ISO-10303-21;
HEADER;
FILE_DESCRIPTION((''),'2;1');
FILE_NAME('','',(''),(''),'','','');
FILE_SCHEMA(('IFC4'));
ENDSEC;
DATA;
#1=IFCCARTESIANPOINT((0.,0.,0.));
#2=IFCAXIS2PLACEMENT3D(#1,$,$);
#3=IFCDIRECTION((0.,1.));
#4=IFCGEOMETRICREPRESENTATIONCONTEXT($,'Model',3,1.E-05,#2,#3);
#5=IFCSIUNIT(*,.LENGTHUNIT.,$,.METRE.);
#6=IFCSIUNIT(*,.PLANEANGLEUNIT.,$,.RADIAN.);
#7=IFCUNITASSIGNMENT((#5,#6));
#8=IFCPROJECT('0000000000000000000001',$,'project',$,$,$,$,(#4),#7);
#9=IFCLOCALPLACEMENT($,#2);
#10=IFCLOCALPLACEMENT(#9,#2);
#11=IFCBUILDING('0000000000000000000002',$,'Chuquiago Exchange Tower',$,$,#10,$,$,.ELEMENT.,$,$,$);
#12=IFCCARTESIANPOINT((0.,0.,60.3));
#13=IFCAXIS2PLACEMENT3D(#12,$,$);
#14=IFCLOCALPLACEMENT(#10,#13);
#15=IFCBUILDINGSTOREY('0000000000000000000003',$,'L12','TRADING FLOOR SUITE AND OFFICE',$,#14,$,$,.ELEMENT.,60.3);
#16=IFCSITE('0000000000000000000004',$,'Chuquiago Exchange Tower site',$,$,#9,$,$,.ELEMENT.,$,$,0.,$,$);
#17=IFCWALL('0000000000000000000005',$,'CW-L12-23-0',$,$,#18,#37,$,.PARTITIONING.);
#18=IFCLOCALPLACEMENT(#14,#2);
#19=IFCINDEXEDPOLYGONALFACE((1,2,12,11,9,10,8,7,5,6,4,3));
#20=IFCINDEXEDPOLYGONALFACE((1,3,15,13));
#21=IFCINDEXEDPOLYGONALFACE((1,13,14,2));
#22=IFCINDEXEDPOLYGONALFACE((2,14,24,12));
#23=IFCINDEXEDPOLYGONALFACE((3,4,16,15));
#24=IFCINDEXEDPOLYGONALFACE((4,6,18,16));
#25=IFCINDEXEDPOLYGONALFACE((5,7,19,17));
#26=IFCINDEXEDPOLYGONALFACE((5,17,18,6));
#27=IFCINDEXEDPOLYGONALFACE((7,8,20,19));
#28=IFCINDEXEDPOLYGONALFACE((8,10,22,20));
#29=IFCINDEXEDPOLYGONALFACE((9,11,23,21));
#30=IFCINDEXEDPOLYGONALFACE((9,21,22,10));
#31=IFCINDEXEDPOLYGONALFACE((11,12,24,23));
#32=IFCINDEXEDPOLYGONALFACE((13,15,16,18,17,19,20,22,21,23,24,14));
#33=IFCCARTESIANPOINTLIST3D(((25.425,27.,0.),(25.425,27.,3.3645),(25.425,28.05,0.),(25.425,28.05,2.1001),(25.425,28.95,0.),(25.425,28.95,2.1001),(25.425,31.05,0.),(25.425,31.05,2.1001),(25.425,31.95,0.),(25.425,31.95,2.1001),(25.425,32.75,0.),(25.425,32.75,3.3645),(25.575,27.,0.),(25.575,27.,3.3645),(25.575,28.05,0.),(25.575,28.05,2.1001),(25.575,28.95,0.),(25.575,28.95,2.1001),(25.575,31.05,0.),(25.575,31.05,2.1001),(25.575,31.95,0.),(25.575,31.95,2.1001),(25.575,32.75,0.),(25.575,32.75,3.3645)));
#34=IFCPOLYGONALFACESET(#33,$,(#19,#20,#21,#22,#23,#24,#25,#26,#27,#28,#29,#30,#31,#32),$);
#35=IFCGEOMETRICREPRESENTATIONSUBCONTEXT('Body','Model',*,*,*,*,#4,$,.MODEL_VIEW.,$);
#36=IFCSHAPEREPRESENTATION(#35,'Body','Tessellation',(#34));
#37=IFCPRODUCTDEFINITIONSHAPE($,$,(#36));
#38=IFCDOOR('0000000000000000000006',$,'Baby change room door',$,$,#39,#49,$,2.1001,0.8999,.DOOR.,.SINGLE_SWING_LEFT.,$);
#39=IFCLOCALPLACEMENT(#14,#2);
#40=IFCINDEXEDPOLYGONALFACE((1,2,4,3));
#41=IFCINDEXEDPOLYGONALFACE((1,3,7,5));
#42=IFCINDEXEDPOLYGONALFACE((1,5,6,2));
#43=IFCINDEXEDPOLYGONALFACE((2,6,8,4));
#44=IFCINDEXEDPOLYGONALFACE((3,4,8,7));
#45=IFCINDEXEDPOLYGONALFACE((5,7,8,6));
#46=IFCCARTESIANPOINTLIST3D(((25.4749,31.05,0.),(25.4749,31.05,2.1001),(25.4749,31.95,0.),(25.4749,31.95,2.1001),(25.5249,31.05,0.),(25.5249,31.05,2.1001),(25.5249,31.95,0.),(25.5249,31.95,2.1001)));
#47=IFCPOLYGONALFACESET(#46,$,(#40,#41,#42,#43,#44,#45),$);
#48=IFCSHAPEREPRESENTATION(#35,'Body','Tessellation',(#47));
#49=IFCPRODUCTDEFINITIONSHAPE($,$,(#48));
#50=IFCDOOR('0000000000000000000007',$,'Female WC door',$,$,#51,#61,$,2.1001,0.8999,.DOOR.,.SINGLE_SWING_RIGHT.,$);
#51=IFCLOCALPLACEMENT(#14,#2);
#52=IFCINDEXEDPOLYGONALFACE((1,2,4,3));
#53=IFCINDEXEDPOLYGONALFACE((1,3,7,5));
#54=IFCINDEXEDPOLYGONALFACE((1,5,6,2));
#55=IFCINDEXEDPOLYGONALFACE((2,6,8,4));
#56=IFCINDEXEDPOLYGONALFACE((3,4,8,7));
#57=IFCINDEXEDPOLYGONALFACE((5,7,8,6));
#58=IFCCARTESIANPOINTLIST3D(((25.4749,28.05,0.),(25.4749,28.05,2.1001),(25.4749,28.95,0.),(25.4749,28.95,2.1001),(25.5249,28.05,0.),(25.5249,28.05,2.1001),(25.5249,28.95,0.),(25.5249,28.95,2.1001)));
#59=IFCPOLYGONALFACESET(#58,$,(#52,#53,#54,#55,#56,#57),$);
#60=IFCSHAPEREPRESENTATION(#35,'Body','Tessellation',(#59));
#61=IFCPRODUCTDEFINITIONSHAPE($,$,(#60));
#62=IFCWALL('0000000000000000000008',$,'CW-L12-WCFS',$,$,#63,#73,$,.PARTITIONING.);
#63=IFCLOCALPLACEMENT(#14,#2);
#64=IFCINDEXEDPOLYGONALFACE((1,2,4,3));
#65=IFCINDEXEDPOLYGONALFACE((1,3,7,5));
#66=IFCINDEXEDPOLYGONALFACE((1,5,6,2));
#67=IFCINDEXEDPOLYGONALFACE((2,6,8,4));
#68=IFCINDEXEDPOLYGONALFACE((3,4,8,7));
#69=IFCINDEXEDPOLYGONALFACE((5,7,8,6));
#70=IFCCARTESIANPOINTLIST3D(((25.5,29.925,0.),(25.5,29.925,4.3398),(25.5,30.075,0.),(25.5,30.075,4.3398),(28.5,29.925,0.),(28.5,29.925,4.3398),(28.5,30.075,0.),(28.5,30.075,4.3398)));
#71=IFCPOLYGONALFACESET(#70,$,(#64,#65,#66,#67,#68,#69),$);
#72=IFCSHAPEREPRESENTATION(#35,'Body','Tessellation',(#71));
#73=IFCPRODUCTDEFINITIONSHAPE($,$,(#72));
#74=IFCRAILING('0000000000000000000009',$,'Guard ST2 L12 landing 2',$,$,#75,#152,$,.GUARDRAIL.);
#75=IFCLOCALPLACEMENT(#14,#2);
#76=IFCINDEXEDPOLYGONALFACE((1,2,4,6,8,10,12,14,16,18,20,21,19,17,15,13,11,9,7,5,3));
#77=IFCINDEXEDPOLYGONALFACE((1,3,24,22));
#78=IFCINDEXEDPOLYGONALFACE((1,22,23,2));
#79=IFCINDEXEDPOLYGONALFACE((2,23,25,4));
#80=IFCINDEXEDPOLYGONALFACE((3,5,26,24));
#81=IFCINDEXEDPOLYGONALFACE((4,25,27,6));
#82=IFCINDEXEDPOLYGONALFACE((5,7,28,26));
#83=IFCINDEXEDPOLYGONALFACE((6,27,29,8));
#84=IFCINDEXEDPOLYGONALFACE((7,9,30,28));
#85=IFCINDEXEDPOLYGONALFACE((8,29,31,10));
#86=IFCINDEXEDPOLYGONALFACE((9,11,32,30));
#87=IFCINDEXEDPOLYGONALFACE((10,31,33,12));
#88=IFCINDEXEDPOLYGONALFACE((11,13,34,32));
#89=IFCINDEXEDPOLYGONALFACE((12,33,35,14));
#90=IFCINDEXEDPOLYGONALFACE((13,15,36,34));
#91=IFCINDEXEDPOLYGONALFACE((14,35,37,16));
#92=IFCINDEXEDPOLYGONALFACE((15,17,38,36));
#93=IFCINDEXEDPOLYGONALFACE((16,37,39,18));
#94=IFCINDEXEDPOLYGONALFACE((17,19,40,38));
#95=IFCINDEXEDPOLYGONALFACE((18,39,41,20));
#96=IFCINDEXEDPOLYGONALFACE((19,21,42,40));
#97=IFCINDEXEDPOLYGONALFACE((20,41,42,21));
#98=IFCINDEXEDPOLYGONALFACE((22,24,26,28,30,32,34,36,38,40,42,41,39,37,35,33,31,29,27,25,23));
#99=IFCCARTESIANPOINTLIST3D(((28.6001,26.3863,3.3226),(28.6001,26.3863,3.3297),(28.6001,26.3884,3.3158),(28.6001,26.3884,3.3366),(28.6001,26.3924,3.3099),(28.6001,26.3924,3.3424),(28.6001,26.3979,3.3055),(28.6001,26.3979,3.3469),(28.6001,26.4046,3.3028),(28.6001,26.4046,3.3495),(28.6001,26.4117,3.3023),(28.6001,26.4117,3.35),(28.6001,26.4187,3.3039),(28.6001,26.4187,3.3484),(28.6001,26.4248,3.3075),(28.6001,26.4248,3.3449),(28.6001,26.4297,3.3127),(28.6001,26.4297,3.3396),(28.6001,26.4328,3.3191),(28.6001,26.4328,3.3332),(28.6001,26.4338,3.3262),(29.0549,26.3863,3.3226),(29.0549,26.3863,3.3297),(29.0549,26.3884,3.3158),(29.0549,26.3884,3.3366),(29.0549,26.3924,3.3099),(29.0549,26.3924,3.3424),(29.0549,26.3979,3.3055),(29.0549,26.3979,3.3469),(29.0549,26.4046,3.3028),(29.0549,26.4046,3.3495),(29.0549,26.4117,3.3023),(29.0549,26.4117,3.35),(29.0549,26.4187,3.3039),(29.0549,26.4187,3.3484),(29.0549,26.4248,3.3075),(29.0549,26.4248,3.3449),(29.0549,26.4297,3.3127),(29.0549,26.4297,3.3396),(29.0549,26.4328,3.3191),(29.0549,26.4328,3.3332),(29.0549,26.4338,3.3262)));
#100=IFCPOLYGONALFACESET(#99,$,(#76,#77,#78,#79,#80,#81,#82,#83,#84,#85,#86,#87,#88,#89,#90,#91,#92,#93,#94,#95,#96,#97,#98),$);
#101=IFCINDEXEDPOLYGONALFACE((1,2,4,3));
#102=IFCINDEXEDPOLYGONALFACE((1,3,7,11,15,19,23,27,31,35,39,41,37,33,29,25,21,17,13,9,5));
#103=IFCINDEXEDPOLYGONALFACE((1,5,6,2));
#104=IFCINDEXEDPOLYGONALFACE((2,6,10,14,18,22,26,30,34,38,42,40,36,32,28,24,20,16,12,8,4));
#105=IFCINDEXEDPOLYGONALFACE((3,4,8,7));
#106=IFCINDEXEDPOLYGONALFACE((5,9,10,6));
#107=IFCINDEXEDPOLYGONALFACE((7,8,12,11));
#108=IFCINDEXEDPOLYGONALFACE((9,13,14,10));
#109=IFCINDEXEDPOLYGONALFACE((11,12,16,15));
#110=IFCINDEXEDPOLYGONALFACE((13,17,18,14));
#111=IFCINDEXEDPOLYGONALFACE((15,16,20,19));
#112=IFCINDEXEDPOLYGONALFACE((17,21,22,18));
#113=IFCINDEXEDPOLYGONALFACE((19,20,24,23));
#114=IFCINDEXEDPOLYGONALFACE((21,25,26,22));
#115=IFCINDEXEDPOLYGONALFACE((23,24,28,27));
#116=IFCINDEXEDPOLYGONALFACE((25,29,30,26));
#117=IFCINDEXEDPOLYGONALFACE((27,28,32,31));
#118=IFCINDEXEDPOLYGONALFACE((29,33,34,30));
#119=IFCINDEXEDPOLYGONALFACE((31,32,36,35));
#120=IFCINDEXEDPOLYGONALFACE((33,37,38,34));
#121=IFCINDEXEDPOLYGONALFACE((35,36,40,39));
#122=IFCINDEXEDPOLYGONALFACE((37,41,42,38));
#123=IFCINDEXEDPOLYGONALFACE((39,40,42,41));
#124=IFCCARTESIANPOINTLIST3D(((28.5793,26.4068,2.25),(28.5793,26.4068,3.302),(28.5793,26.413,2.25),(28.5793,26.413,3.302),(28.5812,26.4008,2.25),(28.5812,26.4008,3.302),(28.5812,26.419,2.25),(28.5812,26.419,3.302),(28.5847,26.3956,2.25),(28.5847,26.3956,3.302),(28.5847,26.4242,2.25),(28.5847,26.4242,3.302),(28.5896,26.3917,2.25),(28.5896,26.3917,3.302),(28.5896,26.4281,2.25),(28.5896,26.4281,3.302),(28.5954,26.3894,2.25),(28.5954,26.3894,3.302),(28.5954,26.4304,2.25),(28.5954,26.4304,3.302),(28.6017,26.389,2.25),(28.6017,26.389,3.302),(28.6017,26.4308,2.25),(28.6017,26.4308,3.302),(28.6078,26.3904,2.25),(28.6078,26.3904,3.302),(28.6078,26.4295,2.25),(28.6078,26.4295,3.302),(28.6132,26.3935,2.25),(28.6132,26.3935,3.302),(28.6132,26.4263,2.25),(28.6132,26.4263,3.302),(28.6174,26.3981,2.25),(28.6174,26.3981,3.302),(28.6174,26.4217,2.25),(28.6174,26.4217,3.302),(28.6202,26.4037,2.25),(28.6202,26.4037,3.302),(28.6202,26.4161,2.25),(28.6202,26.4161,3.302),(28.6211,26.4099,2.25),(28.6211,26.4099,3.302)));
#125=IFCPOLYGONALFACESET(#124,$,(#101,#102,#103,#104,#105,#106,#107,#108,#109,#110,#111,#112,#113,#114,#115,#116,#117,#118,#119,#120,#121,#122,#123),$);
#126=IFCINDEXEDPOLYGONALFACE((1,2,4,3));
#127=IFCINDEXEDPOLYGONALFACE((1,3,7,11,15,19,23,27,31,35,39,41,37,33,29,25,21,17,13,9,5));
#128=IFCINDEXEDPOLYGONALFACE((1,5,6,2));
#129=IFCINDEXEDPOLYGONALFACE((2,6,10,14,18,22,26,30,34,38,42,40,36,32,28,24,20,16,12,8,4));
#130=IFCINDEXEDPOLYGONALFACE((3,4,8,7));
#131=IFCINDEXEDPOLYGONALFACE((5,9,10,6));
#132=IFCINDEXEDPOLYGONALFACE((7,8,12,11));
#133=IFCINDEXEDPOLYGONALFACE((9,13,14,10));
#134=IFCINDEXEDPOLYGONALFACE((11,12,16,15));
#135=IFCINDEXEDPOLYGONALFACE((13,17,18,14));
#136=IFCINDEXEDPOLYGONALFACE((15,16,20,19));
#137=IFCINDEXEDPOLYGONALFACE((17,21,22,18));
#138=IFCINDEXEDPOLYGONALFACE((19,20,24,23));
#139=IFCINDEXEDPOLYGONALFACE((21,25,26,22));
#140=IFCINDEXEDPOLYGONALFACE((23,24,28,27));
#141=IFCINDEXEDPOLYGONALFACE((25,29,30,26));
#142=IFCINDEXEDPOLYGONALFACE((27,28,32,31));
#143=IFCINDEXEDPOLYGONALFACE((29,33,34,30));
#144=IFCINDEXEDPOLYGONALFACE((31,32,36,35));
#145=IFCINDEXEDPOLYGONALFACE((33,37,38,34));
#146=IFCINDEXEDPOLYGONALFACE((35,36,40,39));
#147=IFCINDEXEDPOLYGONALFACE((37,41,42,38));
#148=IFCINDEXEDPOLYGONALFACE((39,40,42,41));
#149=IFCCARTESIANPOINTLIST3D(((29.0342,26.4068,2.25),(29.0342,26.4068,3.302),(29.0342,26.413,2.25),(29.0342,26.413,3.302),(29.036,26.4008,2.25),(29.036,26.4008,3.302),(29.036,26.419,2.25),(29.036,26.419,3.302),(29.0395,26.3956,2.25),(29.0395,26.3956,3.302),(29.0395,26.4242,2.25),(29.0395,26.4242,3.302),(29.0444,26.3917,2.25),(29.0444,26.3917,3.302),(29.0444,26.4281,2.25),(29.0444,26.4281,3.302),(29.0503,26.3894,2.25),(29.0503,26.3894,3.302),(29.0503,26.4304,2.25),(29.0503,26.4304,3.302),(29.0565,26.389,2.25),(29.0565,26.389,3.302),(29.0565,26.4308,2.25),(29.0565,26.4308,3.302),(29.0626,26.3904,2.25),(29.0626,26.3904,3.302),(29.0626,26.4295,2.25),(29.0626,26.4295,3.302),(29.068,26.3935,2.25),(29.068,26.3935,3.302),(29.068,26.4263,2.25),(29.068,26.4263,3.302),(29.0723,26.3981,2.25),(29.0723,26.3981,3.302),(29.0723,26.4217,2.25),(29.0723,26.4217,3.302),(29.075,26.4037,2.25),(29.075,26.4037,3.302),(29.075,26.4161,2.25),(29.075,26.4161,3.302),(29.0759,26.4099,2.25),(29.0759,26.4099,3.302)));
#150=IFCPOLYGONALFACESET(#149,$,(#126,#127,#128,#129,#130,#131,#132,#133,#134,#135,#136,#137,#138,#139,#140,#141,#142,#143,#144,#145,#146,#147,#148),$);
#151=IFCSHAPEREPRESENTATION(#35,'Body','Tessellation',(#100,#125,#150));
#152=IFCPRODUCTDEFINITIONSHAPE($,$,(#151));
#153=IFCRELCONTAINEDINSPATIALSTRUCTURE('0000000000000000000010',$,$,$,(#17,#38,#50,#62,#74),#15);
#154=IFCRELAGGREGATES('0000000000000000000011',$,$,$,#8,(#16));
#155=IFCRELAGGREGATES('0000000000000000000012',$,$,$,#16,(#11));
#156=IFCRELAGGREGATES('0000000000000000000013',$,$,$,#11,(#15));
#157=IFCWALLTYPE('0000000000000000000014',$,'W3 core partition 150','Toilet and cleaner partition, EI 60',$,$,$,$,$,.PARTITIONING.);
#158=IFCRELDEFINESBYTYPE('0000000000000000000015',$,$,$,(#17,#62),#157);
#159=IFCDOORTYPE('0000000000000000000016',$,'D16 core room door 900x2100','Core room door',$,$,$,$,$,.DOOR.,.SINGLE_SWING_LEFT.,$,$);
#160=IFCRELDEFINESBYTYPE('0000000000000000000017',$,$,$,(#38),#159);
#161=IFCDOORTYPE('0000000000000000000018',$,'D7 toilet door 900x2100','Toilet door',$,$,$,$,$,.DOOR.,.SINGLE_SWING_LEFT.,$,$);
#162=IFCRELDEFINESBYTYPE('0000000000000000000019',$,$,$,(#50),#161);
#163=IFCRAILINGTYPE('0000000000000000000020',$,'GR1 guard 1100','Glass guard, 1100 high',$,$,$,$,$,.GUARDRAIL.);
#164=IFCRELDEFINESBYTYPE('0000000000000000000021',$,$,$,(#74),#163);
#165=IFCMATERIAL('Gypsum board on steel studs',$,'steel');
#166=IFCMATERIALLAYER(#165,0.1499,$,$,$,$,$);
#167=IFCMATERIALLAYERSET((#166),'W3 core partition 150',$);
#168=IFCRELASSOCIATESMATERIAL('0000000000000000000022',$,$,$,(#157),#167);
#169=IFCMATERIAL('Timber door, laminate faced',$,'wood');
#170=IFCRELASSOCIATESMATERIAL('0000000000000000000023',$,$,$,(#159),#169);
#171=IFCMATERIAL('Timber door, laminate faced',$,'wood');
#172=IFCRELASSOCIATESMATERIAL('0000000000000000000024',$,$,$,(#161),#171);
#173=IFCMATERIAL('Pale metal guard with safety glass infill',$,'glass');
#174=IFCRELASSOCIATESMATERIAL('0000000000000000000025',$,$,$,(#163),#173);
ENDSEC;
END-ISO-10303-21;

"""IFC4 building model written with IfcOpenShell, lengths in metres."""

from ifc_helpers import new_model, si_unit, direction, frame, frame_2d, origin, origin_2d, place, context, subcontext, project, spatial, rectangle, circle, extrude, material, layer, layer_set, type_object, element, fill, save


model = new_model("IFC4")

# Units and contexts
model_context = context("Model", 3, precision=1e-05, world=origin(), true_north=direction((0.0, 1.0)))
body_context = subcontext(model_context, "Body", "Model", "MODEL_VIEW")
ifc_project = project(units=[si_unit("LENGTHUNIT", "METRE"), si_unit("PLANEANGLEUNIT", "RADIAN")], contexts=[model_context])

# Site, building, storey
site_placement = place(None, origin())
site = spatial("IfcSite", under=ifc_project, at=site_placement, Name="Chuquiago Exchange Tower site", CompositionType="ELEMENT", RefElevation=0.0)
building_placement = place(site_placement, origin())
building = spatial("IfcBuilding", under=site, at=building_placement, Name="Chuquiago Exchange Tower", CompositionType="ELEMENT")
storey_placement = place(building_placement, frame((0.0, 0.0, 60.3)))
storey = spatial("IfcBuildingStorey", under=building, at=storey_placement, Name="L12", Description="TRADING FLOOR SUITE AND OFFICE", CompositionType="ELEMENT", Elevation=60.3)

# Wall, openings, doors
ifc_material_1 = material(Name="Gypsum board on steel studs", Category="steel")
ifc_layer_1 = layer(ifc_material_1, 0.1499)
ifc_layer_set_1 = layer_set([ifc_layer_1], Name="W3 core partition 150")
wall_type_1 = type_object("IfcWallType", Name="W3 core partition 150", Description="Toilet and cleaner partition, EI 60", PredefinedType="PARTITIONING", material=ifc_layer_set_1)
ifc_material_2 = material(Name="Timber door, laminate faced", Category="wood")
door_type_1 = type_object("IfcDoorType", Name="D16 core room door 900x2100", Description="Core room door", OperationType="SINGLE_SWING_LEFT", PredefinedType="DOOR", material=ifc_material_2)
ifc_material_3 = material(Name="Timber door, laminate faced", Category="wood")
door_type_2 = type_object("IfcDoorType", Name="D7 toilet door 900x2100", Description="Toilet door", OperationType="SINGLE_SWING_LEFT", PredefinedType="DOOR", material=ifc_material_3)
wall_1_placement = place(storey_placement, frame((25.5, 27.0, 0.0), z_axis=(0.0, 0.0, 1.0), x_axis=(0.0, 1.0, 0.0)))
wall_1 = element("IfcWall", 1, at=wall_1_placement, inside=storey, type_object=wall_type_1, Name="CW-L12-23-0", PredefinedType="PARTITIONING", context=body_context, shape_type="SweptSolid", body=[
    extrude(rectangle(XDim=5.75, YDim=0.1499, at=frame_2d((2.875, 0.0))), origin(), (0.0, 0.0, 1.0), 3.3645),
])
opening_1_placement = place(wall_1_placement, frame((1.05, 0.0, 0.0)))
opening_1 = element("IfcOpeningElement", 2, at=opening_1_placement, cuts=wall_1, PredefinedType="OPENING", context=body_context, shape_type="SweptSolid", body=[
    extrude(rectangle(XDim=0.8999, YDim=2.1001, at=frame_2d((0.45, 1.05))), frame((0.0, 0.085, 0.0), z_axis=(0.0, -1.0, 0.0), x_axis=(1.0, 0.0, 0.0)), (0.0, 0.0, 1.0), 0.1699),
])
opening_2_placement = place(wall_1_placement, frame((4.05, 0.0, 0.0)))
opening_2 = element("IfcOpeningElement", 3, at=opening_2_placement, cuts=wall_1, PredefinedType="OPENING", context=body_context, shape_type="SweptSolid", body=[
    extrude(rectangle(XDim=0.8999, YDim=2.1001, at=frame_2d((0.45, 1.05))), frame((0.0, 0.085, 0.0), z_axis=(0.0, -1.0, 0.0), x_axis=(1.0, 0.0, 0.0)), (0.0, 0.0, 1.0), 0.1699),
])
door_1_placement = place(opening_2_placement, frame((0.8999, 0.0, 0.0), z_axis=(0.0, 0.0, 1.0), x_axis=(-1.0, 0.0, 0.0)))
door_1 = element("IfcDoor", 4, at=door_1_placement, inside=storey, type_object=door_type_1, Name="Baby change room door", OperationType="SINGLE_SWING_LEFT", OverallHeight=2.1001, OverallWidth=0.8999, PredefinedType="DOOR", context=body_context, shape_type="SweptSolid", body=[
    extrude(rectangle(XDim=0.8999, YDim=2.1001, at=frame_2d((0.45, 1.05))), frame((0.0, 0.0249, 0.0), z_axis=(0.0, -1.0, 0.0), x_axis=(1.0, 0.0, 0.0)), (0.0, 0.0, 1.0), 0.05),
])
fill(opening_2, door_1)
door_2_placement = place(opening_1_placement, frame((0.8999, 0.0, 0.0), z_axis=(0.0, 0.0, 1.0), x_axis=(-1.0, 0.0, 0.0)))
door_2 = element("IfcDoor", 5, at=door_2_placement, inside=storey, type_object=door_type_2, Name="Female WC door", OperationType="SINGLE_SWING_RIGHT", OverallHeight=2.1001, OverallWidth=0.8999, PredefinedType="DOOR", context=body_context, shape_type="SweptSolid", body=[
    extrude(rectangle(XDim=0.8999, YDim=2.1001, at=frame_2d((0.45, 1.05))), frame((0.0, 0.0249, 0.0), z_axis=(0.0, -1.0, 0.0), x_axis=(1.0, 0.0, 0.0)), (0.0, 0.0, 1.0), 0.05),
])
fill(opening_1, door_2)

# Wall
wall_2_placement = place(storey_placement, frame((25.5, 30.0, 0.0), z_axis=(0.0, 0.0, 1.0), x_axis=(1.0, 0.0, 0.0)))
element("IfcWall", 6, at=wall_2_placement, inside=storey, type_object=wall_type_1, Name="CW-L12-WCFS", PredefinedType="PARTITIONING", context=body_context, shape_type="SweptSolid", body=[
    extrude(rectangle(XDim=3.0, YDim=0.1499, at=frame_2d((1.5, 0.0))), origin(), (0.0, 0.0, 1.0), 4.3398),
])

# Railing
ifc_material_4 = material(Name="Pale metal guard with safety glass infill", Category="glass")
railing_type = type_object("IfcRailingType", Name="GR1 guard 1100", Description="Glass guard, 1100 high", PredefinedType="GUARDRAIL", material=ifc_material_4)
railing_placement = place(storey_placement, frame((28.6001, 26.4099, 2.25)))
element("IfcRailing", 7, at=railing_placement, inside=storey, type_object=railing_type, Name="Guard ST2 L12 landing 2", PredefinedType="GUARDRAIL", context=body_context, shape_type="SweptSolid", body=[
    extrude(circle(Radius=0.0239, at=origin_2d()), frame((0.0, 0.0, 1.0762), z_axis=(1.0, 0.0, 0.0), x_axis=(0.0, 1.0, 0.0)), (0.0, 0.0, 1.0), 0.4548),
    extrude(circle(Radius=0.021, at=origin_2d()), origin(), (0.0, 0.0, 1.0), 1.052),
    extrude(circle(Radius=0.021, at=origin_2d()), frame((0.4548, 0.0, 0.0)), (0.0, 0.0, 1.0), 1.052),
])

save(model, "model.ifc")
